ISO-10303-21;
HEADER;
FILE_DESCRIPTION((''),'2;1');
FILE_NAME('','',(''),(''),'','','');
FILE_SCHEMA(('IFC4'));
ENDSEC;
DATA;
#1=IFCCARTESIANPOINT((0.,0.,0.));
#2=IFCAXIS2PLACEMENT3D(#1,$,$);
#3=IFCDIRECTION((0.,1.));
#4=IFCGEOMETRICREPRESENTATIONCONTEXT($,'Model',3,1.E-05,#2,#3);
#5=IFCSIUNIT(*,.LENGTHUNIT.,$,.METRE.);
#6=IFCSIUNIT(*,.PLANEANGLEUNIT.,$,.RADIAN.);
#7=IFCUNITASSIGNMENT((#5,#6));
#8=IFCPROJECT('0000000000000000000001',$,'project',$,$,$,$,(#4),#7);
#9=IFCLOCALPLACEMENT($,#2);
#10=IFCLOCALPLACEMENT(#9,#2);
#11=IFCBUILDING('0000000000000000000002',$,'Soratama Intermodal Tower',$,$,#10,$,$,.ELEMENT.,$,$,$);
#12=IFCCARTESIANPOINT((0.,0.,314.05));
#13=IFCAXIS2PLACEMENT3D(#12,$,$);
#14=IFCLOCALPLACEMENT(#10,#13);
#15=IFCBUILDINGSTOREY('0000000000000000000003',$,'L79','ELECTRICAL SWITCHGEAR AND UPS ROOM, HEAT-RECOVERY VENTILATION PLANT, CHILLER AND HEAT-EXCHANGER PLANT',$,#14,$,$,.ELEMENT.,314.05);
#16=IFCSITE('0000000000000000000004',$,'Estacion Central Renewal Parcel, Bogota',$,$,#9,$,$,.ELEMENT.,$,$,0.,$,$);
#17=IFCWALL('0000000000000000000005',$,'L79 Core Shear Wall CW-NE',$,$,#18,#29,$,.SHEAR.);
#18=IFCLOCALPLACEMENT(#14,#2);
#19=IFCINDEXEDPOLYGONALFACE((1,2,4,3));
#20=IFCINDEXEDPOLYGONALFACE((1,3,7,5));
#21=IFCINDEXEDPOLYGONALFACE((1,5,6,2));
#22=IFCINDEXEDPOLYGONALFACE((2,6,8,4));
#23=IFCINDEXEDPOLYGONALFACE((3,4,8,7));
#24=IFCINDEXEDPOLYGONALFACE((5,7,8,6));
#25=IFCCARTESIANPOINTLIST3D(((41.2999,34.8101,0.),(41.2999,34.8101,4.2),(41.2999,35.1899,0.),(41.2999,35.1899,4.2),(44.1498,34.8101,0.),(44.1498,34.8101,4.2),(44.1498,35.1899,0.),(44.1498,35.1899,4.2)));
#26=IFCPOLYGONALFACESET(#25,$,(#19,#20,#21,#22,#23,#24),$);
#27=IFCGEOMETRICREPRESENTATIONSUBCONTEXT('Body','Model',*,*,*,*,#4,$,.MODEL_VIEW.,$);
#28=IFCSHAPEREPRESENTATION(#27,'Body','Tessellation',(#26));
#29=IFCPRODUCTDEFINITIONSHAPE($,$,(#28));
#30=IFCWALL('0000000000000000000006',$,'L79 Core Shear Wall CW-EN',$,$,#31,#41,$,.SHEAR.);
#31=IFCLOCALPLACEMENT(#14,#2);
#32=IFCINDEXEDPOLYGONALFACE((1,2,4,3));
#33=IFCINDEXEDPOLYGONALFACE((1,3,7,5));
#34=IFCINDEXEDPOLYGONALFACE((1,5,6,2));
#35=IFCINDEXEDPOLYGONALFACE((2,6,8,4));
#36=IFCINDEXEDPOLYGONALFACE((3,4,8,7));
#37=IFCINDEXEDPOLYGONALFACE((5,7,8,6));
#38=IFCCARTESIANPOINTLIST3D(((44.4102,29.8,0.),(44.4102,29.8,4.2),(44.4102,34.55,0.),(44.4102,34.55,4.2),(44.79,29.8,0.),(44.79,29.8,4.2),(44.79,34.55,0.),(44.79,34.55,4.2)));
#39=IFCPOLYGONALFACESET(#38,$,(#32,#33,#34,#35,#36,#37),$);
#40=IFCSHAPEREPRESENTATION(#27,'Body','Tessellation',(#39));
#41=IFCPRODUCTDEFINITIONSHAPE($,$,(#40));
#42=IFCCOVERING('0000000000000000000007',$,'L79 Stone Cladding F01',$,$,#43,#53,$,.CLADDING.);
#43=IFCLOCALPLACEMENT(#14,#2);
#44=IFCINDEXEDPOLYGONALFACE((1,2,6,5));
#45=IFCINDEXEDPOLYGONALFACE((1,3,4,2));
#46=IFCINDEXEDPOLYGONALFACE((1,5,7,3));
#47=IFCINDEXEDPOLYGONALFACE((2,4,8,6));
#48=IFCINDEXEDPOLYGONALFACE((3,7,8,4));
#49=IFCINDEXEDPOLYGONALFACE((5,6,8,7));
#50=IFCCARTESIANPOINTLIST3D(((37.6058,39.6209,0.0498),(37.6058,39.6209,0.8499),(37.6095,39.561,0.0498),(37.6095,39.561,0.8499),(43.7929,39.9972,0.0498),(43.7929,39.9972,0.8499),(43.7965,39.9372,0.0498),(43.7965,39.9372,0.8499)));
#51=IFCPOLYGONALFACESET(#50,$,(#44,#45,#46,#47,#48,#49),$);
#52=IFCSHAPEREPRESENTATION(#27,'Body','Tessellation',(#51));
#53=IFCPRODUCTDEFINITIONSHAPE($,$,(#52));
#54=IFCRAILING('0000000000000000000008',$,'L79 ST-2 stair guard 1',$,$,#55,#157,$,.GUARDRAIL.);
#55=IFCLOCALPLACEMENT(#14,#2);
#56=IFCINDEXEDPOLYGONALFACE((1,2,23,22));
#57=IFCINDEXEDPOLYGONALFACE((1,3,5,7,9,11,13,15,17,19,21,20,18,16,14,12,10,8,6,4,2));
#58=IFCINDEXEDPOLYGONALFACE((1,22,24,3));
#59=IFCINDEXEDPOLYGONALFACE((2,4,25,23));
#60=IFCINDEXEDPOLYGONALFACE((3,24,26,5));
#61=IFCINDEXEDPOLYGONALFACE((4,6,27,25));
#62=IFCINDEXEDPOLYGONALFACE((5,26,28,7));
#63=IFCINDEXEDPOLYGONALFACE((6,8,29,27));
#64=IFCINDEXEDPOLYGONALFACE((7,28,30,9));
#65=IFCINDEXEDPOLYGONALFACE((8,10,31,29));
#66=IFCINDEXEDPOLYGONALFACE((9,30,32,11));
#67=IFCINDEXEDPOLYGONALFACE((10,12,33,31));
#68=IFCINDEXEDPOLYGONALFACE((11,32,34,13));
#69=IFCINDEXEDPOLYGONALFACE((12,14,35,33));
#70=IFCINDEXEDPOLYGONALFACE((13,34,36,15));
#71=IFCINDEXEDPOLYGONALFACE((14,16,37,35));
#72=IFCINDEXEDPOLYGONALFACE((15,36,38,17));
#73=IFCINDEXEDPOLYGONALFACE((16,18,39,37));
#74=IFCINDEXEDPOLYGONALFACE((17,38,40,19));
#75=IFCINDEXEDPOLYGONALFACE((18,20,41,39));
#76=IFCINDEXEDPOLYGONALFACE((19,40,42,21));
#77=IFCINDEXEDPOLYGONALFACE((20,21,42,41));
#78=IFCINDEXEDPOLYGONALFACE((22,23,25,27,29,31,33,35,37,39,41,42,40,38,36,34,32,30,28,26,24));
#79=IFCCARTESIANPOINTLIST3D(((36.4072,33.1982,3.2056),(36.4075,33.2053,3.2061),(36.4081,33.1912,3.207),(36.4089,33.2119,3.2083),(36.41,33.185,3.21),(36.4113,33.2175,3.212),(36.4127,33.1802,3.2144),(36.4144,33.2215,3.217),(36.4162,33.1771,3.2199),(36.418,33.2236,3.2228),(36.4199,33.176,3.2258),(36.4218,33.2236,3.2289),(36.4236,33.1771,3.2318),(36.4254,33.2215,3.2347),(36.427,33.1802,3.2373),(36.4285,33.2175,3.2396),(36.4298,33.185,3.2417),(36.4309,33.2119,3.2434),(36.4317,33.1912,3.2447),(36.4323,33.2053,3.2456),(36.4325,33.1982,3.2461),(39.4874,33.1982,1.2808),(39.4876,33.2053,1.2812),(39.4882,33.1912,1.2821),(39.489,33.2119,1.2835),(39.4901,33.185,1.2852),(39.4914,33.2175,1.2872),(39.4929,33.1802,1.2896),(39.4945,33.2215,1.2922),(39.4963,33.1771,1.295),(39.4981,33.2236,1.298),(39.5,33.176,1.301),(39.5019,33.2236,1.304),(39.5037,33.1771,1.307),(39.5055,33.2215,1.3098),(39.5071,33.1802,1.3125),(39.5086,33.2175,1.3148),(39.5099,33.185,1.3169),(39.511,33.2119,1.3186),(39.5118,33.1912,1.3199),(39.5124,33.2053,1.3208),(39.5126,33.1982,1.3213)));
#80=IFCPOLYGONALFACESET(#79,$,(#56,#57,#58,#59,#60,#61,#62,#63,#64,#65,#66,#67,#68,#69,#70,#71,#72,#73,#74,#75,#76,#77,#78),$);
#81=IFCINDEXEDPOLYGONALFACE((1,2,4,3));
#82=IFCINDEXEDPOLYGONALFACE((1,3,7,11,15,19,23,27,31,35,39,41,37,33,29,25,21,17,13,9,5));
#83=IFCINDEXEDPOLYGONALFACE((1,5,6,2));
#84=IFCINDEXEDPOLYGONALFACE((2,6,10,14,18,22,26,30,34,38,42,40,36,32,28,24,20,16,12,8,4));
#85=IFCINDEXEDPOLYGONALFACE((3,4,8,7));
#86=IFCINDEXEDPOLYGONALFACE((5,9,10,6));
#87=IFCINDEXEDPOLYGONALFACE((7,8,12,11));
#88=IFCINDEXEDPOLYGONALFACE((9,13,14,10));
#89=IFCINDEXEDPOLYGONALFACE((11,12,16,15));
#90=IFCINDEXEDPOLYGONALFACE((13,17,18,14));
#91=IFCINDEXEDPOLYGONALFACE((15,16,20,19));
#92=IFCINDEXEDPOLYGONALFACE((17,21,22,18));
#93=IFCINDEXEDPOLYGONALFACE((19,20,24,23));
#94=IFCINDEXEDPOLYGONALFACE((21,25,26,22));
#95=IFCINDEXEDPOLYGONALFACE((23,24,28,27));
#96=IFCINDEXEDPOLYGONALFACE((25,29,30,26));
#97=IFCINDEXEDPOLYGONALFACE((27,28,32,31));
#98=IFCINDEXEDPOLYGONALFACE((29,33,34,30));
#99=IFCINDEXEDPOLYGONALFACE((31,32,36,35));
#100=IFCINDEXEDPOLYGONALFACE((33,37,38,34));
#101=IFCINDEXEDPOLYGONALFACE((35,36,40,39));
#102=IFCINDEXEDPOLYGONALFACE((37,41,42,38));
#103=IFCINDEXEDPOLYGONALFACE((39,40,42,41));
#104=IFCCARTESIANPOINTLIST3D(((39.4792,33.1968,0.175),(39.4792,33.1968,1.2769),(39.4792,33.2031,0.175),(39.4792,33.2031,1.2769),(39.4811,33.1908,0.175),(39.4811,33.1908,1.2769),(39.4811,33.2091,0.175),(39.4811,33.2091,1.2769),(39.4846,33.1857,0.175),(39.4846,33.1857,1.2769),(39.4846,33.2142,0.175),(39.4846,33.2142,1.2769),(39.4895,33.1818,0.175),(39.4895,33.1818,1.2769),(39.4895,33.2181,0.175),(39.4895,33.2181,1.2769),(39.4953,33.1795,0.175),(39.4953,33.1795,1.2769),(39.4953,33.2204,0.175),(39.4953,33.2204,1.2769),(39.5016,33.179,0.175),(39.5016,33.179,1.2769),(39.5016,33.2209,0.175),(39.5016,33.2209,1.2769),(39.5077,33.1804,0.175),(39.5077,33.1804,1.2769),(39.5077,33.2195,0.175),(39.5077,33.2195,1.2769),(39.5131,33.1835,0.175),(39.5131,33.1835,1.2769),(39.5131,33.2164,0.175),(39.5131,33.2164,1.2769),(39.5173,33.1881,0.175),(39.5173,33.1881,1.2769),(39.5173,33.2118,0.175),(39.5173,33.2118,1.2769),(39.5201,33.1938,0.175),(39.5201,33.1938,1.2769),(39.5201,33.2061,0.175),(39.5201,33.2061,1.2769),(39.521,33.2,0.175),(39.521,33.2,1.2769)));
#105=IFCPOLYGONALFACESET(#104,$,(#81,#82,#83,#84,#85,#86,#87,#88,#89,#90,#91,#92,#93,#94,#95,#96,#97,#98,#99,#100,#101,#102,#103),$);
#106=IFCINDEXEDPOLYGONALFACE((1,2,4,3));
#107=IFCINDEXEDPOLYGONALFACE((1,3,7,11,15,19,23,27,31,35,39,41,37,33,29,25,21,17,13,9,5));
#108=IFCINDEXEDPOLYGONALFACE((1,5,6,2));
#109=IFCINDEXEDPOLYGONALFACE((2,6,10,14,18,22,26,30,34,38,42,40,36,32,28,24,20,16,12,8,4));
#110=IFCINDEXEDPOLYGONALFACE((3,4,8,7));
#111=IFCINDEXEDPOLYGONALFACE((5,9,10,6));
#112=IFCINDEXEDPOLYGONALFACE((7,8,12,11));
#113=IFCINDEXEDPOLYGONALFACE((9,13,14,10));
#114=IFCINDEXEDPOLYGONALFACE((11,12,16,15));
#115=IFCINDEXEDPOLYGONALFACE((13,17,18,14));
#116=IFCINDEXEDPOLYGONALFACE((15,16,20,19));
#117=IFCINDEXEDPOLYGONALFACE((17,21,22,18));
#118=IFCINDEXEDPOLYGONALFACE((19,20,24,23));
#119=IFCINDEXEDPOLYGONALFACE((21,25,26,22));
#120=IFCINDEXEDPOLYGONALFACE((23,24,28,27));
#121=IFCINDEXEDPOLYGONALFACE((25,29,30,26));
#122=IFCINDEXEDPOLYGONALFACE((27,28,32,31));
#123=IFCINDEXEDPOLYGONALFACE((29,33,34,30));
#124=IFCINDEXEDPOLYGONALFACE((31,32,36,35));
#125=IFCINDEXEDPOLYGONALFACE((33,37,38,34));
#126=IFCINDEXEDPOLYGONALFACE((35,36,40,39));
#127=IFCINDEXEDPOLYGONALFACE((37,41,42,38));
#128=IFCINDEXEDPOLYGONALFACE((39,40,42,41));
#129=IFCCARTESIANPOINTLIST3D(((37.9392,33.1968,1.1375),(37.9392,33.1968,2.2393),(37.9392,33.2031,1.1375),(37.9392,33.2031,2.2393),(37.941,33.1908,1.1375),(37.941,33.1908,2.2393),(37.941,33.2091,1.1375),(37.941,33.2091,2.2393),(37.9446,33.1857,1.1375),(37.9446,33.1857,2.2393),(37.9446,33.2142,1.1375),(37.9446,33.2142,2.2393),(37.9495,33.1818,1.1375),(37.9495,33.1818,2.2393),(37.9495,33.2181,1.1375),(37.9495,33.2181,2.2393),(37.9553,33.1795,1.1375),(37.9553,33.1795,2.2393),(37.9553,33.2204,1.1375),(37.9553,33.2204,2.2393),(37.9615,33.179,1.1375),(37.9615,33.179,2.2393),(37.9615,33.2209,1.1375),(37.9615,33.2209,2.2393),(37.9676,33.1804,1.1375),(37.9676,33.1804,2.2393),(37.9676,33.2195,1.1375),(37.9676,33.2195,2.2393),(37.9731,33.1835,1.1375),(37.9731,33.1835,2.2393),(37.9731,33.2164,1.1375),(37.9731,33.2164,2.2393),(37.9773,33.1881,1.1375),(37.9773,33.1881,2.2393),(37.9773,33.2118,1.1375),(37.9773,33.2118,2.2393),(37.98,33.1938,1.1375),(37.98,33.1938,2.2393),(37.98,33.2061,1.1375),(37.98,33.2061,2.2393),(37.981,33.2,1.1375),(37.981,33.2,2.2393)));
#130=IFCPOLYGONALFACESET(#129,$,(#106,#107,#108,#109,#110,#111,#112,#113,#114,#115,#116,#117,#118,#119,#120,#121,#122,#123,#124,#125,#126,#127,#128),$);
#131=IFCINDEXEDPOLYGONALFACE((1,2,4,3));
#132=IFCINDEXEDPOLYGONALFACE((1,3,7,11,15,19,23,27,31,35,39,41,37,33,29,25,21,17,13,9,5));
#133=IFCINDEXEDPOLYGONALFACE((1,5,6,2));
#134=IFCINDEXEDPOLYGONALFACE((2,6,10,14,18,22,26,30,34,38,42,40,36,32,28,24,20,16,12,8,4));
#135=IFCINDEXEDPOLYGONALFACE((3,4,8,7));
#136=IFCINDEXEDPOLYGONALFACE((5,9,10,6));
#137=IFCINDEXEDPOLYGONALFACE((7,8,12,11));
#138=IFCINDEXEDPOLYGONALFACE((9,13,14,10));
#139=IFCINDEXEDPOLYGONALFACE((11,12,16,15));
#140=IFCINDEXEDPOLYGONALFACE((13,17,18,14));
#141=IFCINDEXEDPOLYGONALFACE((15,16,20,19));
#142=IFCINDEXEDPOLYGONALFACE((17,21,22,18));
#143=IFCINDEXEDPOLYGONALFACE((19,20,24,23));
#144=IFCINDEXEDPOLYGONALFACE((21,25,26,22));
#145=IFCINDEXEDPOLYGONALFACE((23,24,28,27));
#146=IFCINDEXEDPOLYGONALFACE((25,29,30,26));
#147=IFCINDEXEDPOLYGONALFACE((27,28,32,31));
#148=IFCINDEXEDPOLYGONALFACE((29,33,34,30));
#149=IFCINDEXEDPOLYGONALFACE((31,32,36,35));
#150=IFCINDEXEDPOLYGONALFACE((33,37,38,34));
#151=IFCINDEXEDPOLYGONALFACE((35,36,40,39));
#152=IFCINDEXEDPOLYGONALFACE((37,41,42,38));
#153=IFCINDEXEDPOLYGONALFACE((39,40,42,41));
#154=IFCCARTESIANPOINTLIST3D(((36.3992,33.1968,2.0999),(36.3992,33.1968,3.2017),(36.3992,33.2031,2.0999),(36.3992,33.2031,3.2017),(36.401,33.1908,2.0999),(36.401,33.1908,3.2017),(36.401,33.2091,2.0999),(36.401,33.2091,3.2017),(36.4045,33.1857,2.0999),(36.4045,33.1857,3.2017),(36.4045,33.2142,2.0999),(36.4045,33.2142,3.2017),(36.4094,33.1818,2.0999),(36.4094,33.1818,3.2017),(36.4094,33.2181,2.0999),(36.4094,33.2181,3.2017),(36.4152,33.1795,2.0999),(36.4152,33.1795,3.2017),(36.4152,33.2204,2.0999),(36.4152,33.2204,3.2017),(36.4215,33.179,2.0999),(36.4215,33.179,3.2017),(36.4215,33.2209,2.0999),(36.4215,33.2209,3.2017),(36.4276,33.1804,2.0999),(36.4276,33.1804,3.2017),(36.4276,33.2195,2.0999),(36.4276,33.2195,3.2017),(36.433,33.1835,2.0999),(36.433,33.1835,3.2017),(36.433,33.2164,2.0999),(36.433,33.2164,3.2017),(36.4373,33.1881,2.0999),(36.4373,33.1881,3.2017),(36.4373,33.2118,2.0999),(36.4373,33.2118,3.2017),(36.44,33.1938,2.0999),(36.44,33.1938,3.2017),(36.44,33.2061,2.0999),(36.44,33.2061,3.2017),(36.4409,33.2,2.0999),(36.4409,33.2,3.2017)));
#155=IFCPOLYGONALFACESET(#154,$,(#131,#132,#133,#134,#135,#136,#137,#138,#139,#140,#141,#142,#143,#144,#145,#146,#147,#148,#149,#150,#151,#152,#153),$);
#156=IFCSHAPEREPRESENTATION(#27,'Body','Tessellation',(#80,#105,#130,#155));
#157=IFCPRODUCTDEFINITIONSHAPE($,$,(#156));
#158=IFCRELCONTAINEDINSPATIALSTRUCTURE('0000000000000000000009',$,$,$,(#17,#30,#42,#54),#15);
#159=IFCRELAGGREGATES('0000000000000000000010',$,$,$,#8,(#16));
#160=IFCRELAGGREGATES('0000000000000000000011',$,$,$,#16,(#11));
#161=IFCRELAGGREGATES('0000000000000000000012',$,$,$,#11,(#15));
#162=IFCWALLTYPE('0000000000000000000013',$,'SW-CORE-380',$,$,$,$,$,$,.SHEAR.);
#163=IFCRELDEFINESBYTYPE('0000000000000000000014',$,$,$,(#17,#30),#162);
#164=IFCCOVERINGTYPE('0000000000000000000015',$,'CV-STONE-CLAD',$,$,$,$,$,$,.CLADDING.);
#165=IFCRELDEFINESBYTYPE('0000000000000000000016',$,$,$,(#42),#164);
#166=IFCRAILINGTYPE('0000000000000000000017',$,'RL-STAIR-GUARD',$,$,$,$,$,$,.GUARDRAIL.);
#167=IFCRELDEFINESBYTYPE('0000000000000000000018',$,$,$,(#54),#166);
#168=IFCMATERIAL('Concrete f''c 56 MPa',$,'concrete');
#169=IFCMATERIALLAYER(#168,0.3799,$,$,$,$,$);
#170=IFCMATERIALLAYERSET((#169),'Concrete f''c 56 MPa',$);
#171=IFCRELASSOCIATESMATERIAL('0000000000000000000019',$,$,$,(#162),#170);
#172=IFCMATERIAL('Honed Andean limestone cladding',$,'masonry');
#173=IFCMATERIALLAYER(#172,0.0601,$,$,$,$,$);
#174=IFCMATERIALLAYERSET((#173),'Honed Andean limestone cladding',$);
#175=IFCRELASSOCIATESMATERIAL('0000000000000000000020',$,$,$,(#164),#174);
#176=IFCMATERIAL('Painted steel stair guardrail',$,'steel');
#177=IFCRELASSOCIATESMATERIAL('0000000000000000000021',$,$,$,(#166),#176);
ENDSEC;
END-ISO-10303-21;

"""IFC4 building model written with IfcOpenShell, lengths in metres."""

from ifc_helpers import new_model, si_unit, direction, frame, frame_2d, origin, origin_2d, place, context, subcontext, project, spatial, rectangle, circle, extrude, material, layer, layer_set, type_object, element, save


model = new_model("IFC4")

# Units and contexts
model_context = context("Model", 3, precision=1e-05, world=origin(), true_north=direction((0.0, 1.0)))
body_context = subcontext(model_context, "Body", "Model", "MODEL_VIEW")
ifc_project = project(units=[si_unit("LENGTHUNIT", "METRE"), si_unit("PLANEANGLEUNIT", "RADIAN")], contexts=[model_context])

# Site, building, storey
site_placement = place(None, origin())
site = spatial("IfcSite", under=ifc_project, at=site_placement, Name="Estacion Central Renewal Parcel, Bogota", CompositionType="ELEMENT", RefElevation=0.0)
building_placement = place(site_placement, origin())
building = spatial("IfcBuilding", under=site, at=building_placement, Name="Soratama Intermodal Tower", CompositionType="ELEMENT")
storey_placement = place(building_placement, frame((0.0, 0.0, 314.05)))
storey = spatial("IfcBuildingStorey", under=building, at=storey_placement, Name="L79", Description="ELECTRICAL SWITCHGEAR AND UPS ROOM, HEAT-RECOVERY VENTILATION PLANT, CHILLER AND HEAT-EXCHANGER PLANT", CompositionType="ELEMENT", Elevation=314.05)

# Walls
ifc_material_1 = material(Name="Concrete f'c 56 MPa", Category="concrete")
ifc_layer_1 = layer(ifc_material_1, 0.3799)
ifc_layer_set_1 = layer_set([ifc_layer_1], Name="Concrete f'c 56 MPa")
wall_type_1 = type_object("IfcWallType", Name="SW-CORE-380", PredefinedType="SHEAR", material=ifc_layer_set_1)
wall_1_placement = place(storey_placement, frame((41.3, 35.0, 0.0), z_axis=(0.0, 0.0, 1.0), x_axis=(1.0, 0.0, 0.0)))
element("IfcWall", 1, at=wall_1_placement, inside=storey, type_object=wall_type_1, Name="L79 Core Shear Wall CW-NE", PredefinedType="SHEAR", context=body_context, shape_type="SweptSolid", body=[
    extrude(rectangle(XDim=2.8499, YDim=0.3799, at=frame_2d((1.4248, 0.0))), origin(), (0.0, 0.0, 1.0), 4.2),
])
wall_2_placement = place(storey_placement, frame((44.6001, 29.8, 0.0), z_axis=(0.0, 0.0, 1.0), x_axis=(0.0, 1.0, 0.0)))
element("IfcWall", 2, at=wall_2_placement, inside=storey, type_object=wall_type_1, Name="L79 Core Shear Wall CW-EN", PredefinedType="SHEAR", context=body_context, shape_type="SweptSolid", body=[
    extrude(rectangle(XDim=4.75, YDim=0.3799, at=frame_2d((2.375, 0.0))), origin(), (0.0, 0.0, 1.0), 4.2),
])

# Covering
ifc_material_2 = material(Name="Honed Andean limestone cladding", Category="masonry")
ifc_layer_2 = layer(ifc_material_2, 0.0601)
ifc_layer_set_2 = layer_set([ifc_layer_2], Name="Honed Andean limestone cladding")
covering_type = type_object("IfcCoveringType", Name="CV-STONE-CLAD", PredefinedType="CLADDING", material=ifc_layer_set_2)
covering_placement = place(storey_placement, frame((40.7012, 39.7791, 0.0498), z_axis=(0.0, 0.0, 1.0), x_axis=(-0.998156, -0.0607, 0.0)))
element("IfcCovering", 3, at=covering_placement, inside=storey, type_object=covering_type, Name="L79 Stone Cladding F01", PredefinedType="CLADDING", context=body_context, shape_type="SweptSolid", body=[
    extrude(rectangle(XDim=6.1985, YDim=0.0601, at=origin_2d()), origin(), (0.0, 0.0, 1.0), 0.8),
])

# Railing
ifc_material_3 = material(Name="Painted steel stair guardrail", Category="steel")
railing_type_1 = type_object("IfcRailingType", Name="RL-STAIR-GUARD", PredefinedType="GUARDRAIL", material=ifc_material_3)
railing_1_placement = place(storey_placement, frame((39.5, 33.2, 0.175)))
element("IfcRailing", 4, at=railing_1_placement, inside=storey, type_object=railing_type_1, Name="L79 ST-2 stair guard 1", PredefinedType="GUARDRAIL", context=body_context, shape_type="SweptSolid", body=[
    extrude(circle(Radius=0.0239, at=origin_2d()), frame((0.0, 0.0, 1.126), z_axis=(-0.848029, 0.0, 0.529951), x_axis=(0.0, -1.0, 0.0)), (0.0, 0.0, 1.0), 3.6321),
    extrude(circle(Radius=0.021, at=origin_2d()), origin(), (0.0, 0.0, 1.0), 1.1018),
    extrude(circle(Radius=0.021, at=origin_2d()), frame((-1.54, 0.0, 0.9624)), (0.0, 0.0, 1.0), 1.1018),
    extrude(circle(Radius=0.021, at=origin_2d()), frame((-3.0801, 0.0, 1.9248)), (0.0, 0.0, 1.0), 1.1018),
])

save(model, "model.ifc")
